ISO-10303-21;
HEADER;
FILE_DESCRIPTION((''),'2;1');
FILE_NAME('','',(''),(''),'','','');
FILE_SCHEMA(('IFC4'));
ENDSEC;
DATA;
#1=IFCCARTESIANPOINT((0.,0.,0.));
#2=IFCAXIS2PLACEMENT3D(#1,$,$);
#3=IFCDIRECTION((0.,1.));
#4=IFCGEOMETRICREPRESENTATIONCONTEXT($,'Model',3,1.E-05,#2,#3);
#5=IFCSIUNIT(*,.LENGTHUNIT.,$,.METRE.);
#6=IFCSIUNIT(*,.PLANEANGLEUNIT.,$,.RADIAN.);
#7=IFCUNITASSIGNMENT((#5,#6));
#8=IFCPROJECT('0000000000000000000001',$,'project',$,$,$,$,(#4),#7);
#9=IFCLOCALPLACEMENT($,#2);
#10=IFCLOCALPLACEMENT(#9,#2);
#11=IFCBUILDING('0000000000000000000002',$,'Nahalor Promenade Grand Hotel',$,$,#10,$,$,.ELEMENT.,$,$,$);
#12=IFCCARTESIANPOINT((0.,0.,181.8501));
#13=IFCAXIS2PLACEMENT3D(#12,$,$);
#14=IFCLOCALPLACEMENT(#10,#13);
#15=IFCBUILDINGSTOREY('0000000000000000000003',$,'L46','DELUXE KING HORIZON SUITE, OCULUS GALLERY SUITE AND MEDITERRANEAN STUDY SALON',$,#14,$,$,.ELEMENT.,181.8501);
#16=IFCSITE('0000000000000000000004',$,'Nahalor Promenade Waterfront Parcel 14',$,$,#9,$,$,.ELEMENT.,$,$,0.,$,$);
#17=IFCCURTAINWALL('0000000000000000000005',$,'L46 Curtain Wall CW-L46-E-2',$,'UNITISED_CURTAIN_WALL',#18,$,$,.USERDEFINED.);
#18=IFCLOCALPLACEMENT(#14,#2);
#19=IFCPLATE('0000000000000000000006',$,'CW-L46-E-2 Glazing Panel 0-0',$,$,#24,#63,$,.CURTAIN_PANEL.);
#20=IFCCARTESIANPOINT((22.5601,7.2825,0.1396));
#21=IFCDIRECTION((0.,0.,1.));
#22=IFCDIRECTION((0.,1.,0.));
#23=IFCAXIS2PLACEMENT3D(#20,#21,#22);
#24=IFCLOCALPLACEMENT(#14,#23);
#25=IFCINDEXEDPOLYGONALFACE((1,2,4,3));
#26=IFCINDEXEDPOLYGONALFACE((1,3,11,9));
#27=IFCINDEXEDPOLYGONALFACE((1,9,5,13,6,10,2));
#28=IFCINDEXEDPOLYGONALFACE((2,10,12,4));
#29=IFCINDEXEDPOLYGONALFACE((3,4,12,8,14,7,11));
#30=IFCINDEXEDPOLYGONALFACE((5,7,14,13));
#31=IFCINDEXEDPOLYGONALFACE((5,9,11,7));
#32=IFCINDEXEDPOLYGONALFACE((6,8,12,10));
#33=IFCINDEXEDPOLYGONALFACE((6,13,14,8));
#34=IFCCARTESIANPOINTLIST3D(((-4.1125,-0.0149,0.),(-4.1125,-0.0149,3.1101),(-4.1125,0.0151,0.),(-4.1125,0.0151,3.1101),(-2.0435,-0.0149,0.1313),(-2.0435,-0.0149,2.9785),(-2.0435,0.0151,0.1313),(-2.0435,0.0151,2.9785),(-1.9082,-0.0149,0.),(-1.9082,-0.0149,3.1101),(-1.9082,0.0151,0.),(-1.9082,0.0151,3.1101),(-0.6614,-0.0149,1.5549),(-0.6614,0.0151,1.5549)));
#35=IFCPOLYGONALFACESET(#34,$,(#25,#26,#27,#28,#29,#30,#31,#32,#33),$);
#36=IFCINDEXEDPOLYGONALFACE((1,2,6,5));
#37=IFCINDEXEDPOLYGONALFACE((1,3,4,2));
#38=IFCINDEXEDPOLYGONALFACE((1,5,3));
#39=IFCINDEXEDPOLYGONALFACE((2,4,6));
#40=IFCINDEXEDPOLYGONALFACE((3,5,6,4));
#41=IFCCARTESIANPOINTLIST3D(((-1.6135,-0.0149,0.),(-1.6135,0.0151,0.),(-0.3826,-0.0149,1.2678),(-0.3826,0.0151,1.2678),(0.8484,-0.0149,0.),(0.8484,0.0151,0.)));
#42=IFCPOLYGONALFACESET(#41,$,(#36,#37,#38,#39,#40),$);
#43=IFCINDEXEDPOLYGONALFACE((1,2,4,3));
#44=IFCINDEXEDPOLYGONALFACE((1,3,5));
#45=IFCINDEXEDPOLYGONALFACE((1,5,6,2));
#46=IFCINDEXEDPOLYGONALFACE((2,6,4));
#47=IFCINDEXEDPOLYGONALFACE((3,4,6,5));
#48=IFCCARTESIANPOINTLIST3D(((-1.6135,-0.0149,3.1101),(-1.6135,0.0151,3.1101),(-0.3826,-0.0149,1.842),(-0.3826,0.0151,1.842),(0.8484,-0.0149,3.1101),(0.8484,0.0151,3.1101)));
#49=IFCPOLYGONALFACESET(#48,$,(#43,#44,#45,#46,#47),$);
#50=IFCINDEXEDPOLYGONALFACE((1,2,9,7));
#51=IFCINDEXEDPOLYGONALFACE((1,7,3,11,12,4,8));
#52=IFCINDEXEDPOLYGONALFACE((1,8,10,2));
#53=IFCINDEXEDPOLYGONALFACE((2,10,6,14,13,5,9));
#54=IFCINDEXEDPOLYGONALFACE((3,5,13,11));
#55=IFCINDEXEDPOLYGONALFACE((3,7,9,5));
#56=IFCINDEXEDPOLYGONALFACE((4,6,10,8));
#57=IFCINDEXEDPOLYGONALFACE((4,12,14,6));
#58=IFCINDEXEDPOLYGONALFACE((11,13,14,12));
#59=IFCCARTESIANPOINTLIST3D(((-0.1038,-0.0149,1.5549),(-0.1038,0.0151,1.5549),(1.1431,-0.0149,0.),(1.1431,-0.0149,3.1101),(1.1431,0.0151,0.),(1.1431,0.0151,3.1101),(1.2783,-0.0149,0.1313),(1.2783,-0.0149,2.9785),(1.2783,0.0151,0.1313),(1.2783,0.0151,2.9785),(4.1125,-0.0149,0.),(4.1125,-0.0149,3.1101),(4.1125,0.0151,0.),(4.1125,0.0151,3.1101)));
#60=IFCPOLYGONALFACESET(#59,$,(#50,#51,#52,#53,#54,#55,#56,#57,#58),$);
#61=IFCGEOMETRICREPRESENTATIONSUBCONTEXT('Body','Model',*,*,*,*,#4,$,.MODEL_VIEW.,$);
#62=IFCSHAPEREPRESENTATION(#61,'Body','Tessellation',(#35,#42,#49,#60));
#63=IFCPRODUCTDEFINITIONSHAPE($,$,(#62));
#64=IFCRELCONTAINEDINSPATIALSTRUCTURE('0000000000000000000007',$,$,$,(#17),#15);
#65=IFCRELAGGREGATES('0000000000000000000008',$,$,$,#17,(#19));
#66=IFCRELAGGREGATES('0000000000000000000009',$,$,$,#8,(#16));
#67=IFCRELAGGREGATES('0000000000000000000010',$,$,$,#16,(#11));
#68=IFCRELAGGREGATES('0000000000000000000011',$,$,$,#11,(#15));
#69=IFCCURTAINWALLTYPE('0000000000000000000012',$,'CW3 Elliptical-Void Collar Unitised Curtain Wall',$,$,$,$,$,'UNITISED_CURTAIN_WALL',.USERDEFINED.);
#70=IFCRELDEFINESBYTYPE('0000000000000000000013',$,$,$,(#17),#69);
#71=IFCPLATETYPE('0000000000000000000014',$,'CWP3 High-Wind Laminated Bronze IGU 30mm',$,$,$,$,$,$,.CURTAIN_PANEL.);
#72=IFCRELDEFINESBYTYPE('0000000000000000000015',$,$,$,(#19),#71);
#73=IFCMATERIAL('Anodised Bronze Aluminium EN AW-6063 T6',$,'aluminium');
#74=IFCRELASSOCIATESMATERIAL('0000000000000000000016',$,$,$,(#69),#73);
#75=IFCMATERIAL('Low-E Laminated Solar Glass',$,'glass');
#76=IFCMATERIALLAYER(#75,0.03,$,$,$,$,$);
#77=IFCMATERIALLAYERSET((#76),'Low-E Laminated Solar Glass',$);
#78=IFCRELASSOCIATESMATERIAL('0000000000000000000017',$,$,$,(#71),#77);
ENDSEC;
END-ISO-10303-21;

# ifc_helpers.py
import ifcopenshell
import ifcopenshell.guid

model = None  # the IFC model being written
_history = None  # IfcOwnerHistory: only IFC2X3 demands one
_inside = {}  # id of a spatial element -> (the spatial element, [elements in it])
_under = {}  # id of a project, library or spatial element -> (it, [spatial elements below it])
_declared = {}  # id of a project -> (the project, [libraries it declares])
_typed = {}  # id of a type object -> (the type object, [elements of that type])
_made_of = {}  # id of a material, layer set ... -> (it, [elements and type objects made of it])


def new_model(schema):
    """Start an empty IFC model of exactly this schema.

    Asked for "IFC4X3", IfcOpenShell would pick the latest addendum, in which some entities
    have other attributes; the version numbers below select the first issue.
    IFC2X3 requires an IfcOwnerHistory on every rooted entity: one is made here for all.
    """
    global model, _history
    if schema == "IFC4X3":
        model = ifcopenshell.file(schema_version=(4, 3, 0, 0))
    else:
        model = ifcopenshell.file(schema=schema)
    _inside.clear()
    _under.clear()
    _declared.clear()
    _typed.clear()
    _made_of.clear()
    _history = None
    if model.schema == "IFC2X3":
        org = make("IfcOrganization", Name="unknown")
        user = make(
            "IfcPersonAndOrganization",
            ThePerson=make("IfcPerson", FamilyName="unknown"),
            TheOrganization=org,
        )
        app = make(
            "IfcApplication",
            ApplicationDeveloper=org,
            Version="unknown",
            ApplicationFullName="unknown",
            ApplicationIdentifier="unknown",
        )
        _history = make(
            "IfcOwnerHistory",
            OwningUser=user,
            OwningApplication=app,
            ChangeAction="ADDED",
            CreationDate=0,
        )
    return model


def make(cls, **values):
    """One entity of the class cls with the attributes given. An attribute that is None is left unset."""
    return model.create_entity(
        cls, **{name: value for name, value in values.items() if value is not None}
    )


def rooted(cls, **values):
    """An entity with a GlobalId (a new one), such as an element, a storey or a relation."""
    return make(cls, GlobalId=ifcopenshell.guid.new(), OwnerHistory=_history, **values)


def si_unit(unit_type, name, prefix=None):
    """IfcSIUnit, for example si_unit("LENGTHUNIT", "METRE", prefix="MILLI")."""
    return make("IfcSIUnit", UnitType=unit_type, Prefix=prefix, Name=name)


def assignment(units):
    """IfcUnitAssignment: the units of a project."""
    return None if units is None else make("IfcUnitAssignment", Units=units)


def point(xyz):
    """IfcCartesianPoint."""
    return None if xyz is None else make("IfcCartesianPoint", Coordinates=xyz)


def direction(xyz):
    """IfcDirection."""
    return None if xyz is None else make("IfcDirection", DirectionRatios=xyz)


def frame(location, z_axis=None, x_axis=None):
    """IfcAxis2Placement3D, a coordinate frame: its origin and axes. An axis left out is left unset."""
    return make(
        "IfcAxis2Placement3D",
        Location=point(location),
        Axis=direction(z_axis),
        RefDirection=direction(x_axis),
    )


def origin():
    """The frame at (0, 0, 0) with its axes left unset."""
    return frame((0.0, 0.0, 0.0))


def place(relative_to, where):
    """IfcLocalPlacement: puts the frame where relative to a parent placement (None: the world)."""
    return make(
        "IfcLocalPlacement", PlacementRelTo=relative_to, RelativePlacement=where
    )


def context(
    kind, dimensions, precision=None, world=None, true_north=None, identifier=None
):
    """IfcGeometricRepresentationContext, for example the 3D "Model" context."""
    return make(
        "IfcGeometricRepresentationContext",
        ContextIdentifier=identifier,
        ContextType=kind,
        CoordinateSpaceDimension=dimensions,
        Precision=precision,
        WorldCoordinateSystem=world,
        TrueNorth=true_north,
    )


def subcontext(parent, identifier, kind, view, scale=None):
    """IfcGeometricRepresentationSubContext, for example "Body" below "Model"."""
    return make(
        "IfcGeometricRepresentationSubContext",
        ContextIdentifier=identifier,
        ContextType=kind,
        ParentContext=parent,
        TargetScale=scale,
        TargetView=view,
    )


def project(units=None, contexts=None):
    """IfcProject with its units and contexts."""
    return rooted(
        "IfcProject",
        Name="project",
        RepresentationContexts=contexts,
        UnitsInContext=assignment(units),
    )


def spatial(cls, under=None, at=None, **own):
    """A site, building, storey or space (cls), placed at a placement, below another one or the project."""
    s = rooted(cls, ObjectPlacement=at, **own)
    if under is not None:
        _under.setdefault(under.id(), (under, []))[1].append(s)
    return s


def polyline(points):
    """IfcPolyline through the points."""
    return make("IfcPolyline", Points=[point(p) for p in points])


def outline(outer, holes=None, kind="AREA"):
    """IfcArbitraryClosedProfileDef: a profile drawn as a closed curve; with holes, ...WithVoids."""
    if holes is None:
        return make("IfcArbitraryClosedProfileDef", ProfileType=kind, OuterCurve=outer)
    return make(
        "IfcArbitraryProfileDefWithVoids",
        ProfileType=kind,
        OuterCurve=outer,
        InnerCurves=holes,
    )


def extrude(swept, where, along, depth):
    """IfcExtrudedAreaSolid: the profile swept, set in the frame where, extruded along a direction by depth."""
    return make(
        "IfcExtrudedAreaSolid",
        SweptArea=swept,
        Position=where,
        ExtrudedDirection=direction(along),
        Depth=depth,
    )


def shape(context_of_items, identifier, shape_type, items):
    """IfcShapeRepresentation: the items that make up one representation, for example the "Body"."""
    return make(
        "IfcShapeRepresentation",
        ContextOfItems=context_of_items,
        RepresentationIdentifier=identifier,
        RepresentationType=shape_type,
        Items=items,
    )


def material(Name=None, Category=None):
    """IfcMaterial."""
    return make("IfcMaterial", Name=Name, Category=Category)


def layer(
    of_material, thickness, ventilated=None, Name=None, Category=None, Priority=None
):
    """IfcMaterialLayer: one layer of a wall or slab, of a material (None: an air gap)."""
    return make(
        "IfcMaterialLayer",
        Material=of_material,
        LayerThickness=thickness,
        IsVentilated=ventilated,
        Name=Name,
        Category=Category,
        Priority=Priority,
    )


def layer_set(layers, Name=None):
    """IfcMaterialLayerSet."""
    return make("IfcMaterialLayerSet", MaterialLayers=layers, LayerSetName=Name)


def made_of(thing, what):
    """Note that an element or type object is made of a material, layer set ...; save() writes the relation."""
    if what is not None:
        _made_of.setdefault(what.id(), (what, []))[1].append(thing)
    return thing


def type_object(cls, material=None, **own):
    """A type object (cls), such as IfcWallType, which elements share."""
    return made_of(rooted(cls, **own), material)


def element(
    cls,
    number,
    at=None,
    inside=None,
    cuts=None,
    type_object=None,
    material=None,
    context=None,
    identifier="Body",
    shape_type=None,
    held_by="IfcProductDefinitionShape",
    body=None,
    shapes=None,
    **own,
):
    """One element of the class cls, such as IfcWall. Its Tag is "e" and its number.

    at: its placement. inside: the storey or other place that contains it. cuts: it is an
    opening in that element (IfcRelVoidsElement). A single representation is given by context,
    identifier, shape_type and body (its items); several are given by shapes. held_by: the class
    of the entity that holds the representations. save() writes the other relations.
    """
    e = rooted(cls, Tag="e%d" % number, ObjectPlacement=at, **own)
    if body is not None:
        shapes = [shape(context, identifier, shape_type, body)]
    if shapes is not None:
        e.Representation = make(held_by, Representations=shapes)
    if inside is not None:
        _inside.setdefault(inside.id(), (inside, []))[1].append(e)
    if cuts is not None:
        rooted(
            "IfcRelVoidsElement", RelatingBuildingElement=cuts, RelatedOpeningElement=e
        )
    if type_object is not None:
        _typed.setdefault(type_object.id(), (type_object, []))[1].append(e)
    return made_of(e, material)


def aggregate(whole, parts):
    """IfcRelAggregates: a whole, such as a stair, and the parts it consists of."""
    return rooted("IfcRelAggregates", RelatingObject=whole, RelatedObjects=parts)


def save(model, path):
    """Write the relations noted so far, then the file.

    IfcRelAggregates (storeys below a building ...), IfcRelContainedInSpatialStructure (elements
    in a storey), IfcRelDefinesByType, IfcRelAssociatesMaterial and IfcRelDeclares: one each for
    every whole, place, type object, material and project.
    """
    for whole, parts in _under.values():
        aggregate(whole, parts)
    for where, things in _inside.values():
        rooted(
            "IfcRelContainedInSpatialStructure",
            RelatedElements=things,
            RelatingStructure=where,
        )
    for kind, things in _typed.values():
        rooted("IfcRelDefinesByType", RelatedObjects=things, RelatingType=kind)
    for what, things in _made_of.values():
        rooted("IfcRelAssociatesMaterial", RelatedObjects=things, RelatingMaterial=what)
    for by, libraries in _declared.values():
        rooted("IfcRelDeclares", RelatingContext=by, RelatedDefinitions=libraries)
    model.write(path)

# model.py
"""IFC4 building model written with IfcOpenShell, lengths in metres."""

from ifc_helpers import new_model, si_unit, direction, frame, origin, place, context, subcontext, project, spatial, polyline, outline, extrude, material, layer, layer_set, type_object, element, aggregate, save


model = new_model("IFC4")

# Units and contexts
model_context = context("Model", 3, precision=1e-05, world=origin(), true_north=direction((0.0, 1.0)))
body_context = subcontext(model_context, "Body", "Model", "MODEL_VIEW")
ifc_project = project(units=[si_unit("LENGTHUNIT", "METRE"), si_unit("PLANEANGLEUNIT", "RADIAN")], contexts=[model_context])

# Site, building, storey
site_placement = place(None, origin())
site = spatial("IfcSite", under=ifc_project, at=site_placement, Name="Nahalor Promenade Waterfront Parcel 14", CompositionType="ELEMENT", RefElevation=0.0)
building_placement = place(site_placement, origin())
building = spatial("IfcBuilding", under=site, at=building_placement, Name="Nahalor Promenade Grand Hotel", CompositionType="ELEMENT")
storey_placement = place(building_placement, frame((0.0, 0.0, 181.8501)))
storey = spatial("IfcBuildingStorey", under=building, at=storey_placement, Name="L46", Description="DELUXE KING HORIZON SUITE, OCULUS GALLERY SUITE AND MEDITERRANEAN STUDY SALON", CompositionType="ELEMENT", Elevation=181.8501)

# Curtain wall
ifc_material_1 = material(Name="Anodised Bronze Aluminium EN AW-6063 T6", Category="aluminium")
curtain_wall_type = type_object("IfcCurtainWallType", Name="CW3 Elliptical-Void Collar Unitised Curtain Wall", ElementType="UNITISED_CURTAIN_WALL", PredefinedType="USERDEFINED", material=ifc_material_1)
curtain_wall_1_placement = place(storey_placement, origin())
curtain_wall_1 = element("IfcCurtainWall", 1, at=curtain_wall_1_placement, inside=storey, type_object=curtain_wall_type, Name="L46 Curtain Wall CW-L46-E-2", ObjectType="UNITISED_CURTAIN_WALL", PredefinedType="USERDEFINED")

# Plate
ifc_material_2 = material(Name="Low-E Laminated Solar Glass", Category="glass")
ifc_layer_1 = layer(ifc_material_2, 0.03)
ifc_layer_set_1 = layer_set([ifc_layer_1], Name="Low-E Laminated Solar Glass")
plate_type_1 = type_object("IfcPlateType", Name="CWP3 High-Wind Laminated Bronze IGU 30mm", PredefinedType="CURTAIN_PANEL", material=ifc_layer_set_1)
plate_1_placement = place(storey_placement, frame((22.5601, 7.2825, 0.1396), z_axis=(0.0, 0.0, 1.0), x_axis=(0.0, 1.0, 0.0)))
plate_1 = element("IfcPlate", 2, at=plate_1_placement, type_object=plate_type_1, Name="CW-L46-E-2 Glazing Panel 0-0", PredefinedType="CURTAIN_PANEL", context=body_context, shape_type="SweptSolid", body=[
    extrude(outline(polyline([(-4.1125, 3.1101), (-4.1125, 0.0), (-1.9082, 0.0), (-2.0435, 0.1313), (-0.6614, 1.5549), (-2.0435, 2.9785), (-1.9082, 3.1101), (-4.1125, 3.1101)])), frame((0.0, 0.0151, 0.0), z_axis=(0.0, -1.0, 0.0), x_axis=(1.0, 0.0, 0.0)), (0.0, 0.0, 1.0), 0.03),
    extrude(outline(polyline([(-0.3826, 1.2678), (-1.6135, 0.0), (0.8484, 0.0), (-0.3826, 1.2678)])), frame((0.0, 0.0151, 0.0), z_axis=(0.0, -1.0, 0.0), x_axis=(1.0, 0.0, 0.0)), (0.0, 0.0, 1.0), 0.03),
    extrude(outline(polyline([(-0.3826, 1.842), (0.8484, 3.1101), (-1.6135, 3.1101), (-0.3826, 1.842)])), frame((0.0, 0.0151, 0.0), z_axis=(0.0, -1.0, 0.0), x_axis=(1.0, 0.0, 0.0)), (0.0, 0.0, 1.0), 0.03),
    extrude(outline(polyline([(4.1125, 0.0), (4.1125, 3.1101), (1.1431, 3.1101), (1.2783, 2.9785), (-0.1038, 1.5549), (1.2783, 0.1313), (1.1431, 0.0), (4.1125, 0.0)])), frame((0.0, 0.0151, 0.0), z_axis=(0.0, -1.0, 0.0), x_axis=(1.0, 0.0, 0.0)), (0.0, 0.0, 1.0), 0.03),
])
aggregate(curtain_wall_1, [plate_1])

save(model, "model.ifc")
